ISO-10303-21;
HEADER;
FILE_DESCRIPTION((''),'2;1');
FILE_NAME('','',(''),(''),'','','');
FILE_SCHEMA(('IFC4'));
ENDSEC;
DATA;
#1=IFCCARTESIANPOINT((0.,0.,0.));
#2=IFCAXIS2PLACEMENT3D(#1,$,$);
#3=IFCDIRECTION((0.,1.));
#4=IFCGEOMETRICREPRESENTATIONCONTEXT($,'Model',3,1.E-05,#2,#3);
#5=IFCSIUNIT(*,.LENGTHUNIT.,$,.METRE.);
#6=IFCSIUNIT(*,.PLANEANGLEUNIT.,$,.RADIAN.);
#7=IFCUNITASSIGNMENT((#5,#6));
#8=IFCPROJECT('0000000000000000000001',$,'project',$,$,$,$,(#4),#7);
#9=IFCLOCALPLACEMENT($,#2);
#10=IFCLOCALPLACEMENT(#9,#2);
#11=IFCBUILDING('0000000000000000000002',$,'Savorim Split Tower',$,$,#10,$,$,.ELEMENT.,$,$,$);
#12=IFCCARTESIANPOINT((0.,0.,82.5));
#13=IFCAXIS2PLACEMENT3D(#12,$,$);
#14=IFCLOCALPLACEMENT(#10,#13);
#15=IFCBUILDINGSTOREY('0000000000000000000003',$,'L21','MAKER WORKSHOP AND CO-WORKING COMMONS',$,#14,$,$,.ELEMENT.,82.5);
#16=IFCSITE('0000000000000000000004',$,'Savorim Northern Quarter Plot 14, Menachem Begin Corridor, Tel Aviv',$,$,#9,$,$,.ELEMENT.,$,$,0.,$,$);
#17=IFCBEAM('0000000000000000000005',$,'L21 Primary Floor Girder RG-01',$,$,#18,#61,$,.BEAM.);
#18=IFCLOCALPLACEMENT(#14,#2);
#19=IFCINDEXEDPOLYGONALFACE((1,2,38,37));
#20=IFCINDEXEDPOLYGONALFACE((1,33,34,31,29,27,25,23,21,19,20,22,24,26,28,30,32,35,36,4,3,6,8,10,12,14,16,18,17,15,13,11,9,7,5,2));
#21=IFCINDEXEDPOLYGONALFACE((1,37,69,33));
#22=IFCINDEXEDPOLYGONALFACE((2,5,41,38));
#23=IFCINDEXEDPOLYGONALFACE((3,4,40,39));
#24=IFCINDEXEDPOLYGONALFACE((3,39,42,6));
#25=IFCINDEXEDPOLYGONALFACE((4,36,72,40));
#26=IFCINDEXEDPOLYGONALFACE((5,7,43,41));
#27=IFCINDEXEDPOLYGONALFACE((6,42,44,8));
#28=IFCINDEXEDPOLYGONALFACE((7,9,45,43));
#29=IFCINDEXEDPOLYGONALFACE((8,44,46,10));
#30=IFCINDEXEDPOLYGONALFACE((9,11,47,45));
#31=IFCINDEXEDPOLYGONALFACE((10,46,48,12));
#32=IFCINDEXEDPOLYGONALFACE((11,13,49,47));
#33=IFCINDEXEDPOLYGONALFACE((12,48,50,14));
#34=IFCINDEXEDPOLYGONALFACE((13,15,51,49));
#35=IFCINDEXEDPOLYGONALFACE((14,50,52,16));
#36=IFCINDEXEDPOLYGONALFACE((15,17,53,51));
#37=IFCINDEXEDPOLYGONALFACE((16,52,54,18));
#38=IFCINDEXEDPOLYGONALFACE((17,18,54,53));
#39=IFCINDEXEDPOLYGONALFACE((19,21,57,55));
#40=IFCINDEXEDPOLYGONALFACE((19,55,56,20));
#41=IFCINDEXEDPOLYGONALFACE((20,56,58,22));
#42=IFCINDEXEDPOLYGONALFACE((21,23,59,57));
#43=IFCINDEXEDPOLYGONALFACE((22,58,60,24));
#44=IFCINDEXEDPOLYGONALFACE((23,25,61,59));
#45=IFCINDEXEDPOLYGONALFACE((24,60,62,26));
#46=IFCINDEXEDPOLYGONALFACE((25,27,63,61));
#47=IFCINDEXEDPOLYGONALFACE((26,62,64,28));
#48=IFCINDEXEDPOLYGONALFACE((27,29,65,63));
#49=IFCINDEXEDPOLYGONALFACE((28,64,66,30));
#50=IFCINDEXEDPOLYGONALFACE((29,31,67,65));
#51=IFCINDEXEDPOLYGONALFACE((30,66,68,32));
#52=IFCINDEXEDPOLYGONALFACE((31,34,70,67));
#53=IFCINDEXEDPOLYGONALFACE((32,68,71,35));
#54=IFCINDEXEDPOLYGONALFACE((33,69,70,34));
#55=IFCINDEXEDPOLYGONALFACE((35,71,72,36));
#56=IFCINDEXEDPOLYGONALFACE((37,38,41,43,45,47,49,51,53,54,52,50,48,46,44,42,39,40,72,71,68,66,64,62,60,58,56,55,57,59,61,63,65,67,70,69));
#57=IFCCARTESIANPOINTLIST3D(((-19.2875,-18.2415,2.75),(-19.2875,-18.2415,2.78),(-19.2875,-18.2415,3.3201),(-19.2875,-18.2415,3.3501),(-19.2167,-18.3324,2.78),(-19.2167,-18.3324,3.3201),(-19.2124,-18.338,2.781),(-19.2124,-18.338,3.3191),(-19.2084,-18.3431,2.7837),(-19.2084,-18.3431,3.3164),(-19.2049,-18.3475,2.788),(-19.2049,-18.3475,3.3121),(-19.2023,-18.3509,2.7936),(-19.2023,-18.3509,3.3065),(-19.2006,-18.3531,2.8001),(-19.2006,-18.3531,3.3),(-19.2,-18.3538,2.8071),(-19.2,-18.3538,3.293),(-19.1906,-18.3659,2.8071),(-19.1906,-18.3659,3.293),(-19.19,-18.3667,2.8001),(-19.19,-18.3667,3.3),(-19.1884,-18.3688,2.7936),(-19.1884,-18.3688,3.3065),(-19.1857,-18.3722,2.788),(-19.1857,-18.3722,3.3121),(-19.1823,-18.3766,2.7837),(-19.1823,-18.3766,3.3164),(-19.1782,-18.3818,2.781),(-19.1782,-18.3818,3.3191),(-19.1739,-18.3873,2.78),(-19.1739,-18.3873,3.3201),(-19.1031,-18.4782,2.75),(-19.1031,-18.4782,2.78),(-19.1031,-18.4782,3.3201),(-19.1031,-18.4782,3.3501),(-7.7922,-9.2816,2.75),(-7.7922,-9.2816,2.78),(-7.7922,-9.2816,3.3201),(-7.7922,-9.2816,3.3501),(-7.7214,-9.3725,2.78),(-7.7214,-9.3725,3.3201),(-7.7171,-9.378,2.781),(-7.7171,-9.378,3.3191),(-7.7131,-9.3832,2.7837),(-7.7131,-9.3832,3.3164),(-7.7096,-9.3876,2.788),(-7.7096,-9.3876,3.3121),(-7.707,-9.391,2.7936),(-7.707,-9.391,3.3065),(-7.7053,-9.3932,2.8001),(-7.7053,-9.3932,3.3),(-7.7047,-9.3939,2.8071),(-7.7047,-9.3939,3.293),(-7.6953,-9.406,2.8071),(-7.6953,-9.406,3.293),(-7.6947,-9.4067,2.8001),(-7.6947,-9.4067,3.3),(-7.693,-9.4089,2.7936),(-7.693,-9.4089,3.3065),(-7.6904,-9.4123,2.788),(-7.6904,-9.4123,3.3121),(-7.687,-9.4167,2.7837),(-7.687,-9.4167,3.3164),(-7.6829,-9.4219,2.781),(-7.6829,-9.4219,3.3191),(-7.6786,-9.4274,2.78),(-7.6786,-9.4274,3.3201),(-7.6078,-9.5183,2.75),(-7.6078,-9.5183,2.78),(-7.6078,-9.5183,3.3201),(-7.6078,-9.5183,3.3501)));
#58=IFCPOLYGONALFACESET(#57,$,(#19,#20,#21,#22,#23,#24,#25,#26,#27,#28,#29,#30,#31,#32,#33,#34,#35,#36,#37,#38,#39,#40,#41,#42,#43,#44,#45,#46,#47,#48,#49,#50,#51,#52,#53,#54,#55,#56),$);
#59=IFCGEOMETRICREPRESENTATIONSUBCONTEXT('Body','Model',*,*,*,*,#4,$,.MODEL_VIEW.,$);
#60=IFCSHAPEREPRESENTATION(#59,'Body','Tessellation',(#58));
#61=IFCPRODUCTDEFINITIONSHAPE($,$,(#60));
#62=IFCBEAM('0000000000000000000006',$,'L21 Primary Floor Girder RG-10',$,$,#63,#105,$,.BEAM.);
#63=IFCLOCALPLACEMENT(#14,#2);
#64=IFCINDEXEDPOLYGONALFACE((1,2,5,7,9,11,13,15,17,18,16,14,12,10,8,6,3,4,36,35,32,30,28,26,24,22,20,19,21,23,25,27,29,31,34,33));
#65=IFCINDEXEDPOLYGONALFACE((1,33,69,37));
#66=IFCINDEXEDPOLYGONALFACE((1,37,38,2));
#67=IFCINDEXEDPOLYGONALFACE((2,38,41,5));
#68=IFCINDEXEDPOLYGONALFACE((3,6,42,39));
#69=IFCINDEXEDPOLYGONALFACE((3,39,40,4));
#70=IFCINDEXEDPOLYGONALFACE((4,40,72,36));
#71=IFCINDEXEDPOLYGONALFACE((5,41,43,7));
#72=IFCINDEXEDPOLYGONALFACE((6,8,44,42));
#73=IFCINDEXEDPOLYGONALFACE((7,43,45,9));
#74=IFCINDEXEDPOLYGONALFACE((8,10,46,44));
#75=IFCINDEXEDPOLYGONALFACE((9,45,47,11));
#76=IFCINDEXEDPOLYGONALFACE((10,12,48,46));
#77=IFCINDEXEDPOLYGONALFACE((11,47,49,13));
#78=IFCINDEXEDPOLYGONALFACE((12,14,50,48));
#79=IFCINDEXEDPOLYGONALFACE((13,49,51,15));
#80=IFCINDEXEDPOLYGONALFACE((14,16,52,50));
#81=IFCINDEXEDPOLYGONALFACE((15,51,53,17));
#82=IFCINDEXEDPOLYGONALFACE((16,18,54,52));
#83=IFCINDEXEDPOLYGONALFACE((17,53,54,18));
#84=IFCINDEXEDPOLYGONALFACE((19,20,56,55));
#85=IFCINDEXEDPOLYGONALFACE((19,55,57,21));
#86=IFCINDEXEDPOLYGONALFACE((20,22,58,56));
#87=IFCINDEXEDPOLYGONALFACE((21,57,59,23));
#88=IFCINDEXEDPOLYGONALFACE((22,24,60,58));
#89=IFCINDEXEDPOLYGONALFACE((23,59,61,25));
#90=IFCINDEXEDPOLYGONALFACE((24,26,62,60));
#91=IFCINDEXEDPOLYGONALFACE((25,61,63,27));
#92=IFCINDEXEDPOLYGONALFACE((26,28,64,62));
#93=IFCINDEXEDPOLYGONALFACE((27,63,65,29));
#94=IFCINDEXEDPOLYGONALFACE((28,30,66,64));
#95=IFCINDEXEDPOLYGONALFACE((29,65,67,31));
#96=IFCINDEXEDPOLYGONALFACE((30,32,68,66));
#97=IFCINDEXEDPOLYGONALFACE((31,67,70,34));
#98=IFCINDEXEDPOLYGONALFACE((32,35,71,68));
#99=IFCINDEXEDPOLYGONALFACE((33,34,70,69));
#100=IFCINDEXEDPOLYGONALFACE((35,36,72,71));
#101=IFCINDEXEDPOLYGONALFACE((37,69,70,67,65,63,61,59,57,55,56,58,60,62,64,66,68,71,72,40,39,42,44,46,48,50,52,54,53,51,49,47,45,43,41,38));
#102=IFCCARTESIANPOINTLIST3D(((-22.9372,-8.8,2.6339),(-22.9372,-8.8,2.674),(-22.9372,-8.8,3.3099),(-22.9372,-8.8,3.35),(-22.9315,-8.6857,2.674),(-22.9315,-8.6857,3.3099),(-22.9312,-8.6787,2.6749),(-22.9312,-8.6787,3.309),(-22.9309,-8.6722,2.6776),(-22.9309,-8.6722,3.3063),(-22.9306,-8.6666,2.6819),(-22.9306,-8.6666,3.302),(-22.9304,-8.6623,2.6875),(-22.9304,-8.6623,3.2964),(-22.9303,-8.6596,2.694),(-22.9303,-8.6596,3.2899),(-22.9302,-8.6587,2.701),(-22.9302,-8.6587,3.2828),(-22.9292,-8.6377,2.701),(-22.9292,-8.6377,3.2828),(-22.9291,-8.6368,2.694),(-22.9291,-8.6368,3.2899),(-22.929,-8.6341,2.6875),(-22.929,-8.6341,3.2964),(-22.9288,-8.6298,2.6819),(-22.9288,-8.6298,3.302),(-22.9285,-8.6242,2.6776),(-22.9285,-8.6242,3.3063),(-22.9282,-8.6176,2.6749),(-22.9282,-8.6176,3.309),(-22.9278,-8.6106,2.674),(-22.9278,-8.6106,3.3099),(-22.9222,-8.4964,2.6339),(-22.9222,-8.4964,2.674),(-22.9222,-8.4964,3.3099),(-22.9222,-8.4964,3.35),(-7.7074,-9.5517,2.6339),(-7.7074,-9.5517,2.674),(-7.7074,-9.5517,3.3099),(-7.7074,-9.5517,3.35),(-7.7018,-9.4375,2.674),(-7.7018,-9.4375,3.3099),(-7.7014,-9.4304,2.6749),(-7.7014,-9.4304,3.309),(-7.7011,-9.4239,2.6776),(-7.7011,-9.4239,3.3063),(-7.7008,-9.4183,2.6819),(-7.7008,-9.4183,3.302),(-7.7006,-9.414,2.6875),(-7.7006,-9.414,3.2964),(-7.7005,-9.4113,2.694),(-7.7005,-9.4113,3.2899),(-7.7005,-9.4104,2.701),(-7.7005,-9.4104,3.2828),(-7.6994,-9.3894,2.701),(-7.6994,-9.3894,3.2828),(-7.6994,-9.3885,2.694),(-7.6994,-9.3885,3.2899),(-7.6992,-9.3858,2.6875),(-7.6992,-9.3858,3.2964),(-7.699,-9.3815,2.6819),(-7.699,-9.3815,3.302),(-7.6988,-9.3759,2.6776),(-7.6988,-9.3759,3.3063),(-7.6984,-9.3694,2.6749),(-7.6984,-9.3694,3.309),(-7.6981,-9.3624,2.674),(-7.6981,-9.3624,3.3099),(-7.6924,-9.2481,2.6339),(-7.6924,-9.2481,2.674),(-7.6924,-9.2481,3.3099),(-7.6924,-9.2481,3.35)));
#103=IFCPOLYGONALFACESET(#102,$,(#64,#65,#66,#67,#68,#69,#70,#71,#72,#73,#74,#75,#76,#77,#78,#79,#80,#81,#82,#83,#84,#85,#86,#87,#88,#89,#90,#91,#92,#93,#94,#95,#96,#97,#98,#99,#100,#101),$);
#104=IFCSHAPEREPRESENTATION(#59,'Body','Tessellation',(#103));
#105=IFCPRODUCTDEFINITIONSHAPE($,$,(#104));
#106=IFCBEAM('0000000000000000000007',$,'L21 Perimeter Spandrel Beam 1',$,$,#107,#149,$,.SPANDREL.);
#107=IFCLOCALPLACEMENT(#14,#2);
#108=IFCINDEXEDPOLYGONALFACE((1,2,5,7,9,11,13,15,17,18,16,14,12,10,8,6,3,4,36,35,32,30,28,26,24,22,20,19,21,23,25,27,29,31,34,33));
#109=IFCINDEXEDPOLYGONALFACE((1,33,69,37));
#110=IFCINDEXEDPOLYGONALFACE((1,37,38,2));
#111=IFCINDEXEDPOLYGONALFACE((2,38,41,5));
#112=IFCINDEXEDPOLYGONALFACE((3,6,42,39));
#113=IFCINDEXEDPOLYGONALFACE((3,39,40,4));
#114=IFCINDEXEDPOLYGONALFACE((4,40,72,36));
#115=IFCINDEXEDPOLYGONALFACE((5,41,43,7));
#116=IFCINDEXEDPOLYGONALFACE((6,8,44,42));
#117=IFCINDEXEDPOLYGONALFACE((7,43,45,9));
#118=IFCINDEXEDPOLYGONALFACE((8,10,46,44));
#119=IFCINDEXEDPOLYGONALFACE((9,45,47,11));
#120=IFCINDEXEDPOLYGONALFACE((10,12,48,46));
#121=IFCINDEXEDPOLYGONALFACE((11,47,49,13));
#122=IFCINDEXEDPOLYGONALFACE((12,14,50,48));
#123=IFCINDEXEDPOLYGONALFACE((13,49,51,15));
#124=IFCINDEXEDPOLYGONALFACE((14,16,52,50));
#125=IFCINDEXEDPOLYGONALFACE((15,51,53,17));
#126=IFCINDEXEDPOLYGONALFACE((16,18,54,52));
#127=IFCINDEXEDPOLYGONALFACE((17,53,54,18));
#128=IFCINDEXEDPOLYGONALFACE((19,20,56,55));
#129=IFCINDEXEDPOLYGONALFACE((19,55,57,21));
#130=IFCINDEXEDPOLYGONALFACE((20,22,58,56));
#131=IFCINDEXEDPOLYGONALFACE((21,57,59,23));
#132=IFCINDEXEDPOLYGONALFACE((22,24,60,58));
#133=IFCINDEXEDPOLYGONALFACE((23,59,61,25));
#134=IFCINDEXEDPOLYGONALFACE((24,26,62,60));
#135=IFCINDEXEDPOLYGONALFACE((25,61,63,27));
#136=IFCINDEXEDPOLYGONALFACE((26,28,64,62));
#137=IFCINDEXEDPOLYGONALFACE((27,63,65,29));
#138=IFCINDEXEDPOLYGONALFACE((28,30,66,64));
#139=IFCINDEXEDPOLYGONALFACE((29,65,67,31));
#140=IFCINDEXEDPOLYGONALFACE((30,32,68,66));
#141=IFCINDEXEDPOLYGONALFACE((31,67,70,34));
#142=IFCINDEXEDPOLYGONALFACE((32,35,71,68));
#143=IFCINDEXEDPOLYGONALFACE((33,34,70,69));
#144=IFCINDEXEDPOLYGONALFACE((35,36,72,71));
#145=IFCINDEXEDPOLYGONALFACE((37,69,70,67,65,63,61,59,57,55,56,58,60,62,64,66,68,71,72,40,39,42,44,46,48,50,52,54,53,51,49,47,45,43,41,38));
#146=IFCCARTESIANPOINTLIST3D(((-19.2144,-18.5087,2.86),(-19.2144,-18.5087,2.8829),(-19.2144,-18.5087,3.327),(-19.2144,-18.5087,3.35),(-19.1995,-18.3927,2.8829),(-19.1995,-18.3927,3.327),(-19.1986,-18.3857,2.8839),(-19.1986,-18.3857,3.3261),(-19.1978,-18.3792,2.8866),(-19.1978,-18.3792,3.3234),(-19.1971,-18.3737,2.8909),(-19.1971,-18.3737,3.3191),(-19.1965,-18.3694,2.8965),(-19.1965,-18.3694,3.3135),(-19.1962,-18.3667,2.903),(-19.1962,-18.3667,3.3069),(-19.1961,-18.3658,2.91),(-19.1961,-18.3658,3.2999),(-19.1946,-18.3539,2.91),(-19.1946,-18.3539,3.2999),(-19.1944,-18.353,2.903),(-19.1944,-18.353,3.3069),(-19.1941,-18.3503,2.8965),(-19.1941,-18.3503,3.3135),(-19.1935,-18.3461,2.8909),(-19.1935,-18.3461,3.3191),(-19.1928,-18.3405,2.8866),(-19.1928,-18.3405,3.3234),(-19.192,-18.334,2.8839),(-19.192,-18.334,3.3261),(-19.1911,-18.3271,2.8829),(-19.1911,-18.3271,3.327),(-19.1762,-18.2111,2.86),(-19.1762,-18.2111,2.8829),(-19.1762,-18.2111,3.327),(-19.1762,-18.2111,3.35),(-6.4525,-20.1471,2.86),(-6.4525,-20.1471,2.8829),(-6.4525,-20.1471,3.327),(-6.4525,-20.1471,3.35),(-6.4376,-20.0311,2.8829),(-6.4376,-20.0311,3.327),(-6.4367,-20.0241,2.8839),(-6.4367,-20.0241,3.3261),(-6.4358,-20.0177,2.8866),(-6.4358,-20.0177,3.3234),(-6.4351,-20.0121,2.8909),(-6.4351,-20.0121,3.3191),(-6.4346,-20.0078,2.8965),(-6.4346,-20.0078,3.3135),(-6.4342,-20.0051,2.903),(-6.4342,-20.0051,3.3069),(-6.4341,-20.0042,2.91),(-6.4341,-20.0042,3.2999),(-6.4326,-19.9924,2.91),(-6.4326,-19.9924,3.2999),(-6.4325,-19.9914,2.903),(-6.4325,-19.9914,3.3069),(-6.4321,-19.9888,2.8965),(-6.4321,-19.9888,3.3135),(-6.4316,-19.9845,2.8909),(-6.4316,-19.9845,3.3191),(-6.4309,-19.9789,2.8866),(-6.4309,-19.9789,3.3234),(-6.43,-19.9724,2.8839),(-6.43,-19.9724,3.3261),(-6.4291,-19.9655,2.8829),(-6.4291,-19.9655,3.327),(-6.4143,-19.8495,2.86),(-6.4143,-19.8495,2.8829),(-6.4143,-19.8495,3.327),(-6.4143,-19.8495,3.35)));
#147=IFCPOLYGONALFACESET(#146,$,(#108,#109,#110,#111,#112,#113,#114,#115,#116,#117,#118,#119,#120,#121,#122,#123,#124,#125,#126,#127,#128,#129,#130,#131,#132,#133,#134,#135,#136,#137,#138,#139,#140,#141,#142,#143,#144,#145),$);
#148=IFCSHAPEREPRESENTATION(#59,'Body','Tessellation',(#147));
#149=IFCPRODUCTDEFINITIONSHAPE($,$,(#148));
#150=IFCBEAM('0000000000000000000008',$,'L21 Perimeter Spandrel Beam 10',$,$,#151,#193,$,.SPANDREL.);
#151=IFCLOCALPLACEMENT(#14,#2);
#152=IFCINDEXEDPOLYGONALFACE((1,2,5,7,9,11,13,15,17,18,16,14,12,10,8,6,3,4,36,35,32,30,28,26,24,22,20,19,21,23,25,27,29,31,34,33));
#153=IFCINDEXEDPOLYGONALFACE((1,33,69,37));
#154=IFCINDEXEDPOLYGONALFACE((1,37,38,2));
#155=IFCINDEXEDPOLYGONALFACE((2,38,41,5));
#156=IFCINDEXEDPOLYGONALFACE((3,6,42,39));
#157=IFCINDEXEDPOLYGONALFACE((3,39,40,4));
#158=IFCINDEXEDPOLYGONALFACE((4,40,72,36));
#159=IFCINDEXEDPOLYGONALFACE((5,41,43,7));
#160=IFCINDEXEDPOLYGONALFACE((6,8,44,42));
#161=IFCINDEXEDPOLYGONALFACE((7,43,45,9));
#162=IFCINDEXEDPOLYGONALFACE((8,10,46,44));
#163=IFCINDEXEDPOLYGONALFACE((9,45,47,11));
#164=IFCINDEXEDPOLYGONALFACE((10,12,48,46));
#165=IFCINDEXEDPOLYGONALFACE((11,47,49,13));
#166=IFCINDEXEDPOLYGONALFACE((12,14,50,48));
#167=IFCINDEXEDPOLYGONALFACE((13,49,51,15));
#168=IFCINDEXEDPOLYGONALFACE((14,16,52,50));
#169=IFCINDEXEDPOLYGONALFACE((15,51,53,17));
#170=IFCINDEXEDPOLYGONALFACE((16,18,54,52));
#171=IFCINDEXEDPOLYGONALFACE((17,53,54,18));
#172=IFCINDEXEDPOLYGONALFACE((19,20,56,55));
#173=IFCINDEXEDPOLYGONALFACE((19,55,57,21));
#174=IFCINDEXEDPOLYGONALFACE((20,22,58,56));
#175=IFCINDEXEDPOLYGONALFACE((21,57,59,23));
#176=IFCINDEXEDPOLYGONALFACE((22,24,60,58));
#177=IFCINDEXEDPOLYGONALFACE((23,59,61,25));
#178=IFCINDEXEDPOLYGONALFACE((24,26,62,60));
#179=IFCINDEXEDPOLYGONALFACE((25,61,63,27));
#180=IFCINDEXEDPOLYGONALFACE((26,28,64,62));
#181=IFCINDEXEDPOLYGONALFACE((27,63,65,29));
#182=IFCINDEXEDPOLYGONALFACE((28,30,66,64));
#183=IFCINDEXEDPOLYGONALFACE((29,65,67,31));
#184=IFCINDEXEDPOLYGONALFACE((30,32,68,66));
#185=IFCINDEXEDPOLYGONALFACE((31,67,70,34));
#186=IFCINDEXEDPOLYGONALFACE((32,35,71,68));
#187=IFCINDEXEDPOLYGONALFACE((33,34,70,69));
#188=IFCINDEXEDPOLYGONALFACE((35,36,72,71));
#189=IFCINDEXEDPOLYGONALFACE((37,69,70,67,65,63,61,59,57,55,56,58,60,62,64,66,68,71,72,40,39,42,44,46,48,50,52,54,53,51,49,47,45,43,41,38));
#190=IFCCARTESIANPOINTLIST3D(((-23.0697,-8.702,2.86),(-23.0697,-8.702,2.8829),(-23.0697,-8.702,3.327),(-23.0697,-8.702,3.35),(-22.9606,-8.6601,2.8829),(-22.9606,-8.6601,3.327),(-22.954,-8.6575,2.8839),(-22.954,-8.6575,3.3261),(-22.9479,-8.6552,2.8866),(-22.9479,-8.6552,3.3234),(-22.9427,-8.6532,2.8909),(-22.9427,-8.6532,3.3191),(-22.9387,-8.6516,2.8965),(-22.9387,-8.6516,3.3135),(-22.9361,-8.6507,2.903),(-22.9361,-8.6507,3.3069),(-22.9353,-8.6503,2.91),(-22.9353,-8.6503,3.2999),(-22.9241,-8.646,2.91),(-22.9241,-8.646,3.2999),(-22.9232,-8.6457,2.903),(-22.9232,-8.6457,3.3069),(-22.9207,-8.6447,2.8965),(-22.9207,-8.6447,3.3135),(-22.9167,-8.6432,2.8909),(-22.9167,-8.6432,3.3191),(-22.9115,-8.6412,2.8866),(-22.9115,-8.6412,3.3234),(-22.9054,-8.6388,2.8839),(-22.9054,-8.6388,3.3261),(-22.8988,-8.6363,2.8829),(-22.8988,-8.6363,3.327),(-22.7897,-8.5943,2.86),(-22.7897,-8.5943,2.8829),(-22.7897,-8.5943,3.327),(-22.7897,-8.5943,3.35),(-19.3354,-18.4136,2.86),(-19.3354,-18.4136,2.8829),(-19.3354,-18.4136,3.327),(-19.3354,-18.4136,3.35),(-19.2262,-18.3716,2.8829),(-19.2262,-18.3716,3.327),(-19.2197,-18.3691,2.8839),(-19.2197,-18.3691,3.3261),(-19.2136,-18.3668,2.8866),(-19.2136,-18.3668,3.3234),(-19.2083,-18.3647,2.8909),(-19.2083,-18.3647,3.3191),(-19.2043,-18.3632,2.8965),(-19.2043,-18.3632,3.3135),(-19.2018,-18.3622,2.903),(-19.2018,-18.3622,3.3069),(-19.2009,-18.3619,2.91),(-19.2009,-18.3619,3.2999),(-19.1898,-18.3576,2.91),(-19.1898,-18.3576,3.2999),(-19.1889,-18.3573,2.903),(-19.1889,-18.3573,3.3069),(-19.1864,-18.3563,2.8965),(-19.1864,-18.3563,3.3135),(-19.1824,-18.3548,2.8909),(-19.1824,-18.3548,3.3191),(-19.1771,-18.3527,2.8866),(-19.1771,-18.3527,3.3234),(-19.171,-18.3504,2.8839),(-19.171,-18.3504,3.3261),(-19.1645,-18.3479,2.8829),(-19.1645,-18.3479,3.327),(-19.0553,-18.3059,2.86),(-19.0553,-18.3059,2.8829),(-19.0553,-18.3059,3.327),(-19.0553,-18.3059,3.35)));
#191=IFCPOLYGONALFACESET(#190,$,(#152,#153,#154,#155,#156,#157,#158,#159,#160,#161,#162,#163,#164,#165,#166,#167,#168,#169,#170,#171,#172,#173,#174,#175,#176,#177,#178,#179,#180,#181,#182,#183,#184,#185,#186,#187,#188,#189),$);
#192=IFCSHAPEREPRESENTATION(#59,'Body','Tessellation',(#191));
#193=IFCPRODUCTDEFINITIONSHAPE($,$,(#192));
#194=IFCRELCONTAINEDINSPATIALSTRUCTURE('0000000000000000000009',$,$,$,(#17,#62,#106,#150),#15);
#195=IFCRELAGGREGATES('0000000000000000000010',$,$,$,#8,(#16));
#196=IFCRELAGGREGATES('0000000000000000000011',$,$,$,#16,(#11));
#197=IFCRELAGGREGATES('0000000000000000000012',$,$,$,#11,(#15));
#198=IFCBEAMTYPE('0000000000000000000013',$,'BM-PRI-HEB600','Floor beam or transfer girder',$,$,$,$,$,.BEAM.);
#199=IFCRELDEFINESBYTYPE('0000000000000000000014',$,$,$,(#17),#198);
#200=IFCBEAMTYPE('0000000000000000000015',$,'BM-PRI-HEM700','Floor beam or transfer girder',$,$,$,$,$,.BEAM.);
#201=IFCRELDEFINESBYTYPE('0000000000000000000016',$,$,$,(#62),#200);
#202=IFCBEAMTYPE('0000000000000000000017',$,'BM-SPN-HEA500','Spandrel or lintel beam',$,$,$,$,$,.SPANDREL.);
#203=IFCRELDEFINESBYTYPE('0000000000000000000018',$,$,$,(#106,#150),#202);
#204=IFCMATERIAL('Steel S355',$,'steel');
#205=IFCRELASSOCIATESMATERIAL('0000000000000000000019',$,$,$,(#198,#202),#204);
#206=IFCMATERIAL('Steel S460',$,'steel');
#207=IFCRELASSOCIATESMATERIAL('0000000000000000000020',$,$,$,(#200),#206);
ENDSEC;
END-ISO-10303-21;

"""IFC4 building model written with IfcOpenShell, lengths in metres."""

from ifc_helpers import new_model, si_unit, direction, frame, origin, origin_2d, place, context, subcontext, project, spatial, i_section, extrude, material, material_profile, profile_set, type_object, element, save


model = new_model("IFC4")

# Units and contexts
model_context = context("Model", 3, precision=1e-05, world=origin(), true_north=direction((0.0, 1.0)))
body_context = subcontext(model_context, "Body", "Model", "MODEL_VIEW")
ifc_project = project(units=[si_unit("LENGTHUNIT", "METRE"), si_unit("PLANEANGLEUNIT", "RADIAN")], contexts=[model_context])

# Site, building, storey
site_placement = place(None, origin())
site = spatial("IfcSite", under=ifc_project, at=site_placement, Name="Savorim Northern Quarter Plot 14, Menachem Begin Corridor, Tel Aviv", CompositionType="ELEMENT", RefElevation=0.0)
building_placement = place(site_placement, origin())
building = spatial("IfcBuilding", under=site, at=building_placement, Name="Savorim Split Tower", CompositionType="ELEMENT")
storey_placement = place(building_placement, frame((0.0, 0.0, 82.5)))
storey = spatial("IfcBuildingStorey", under=building, at=storey_placement, Name="L21", Description="MAKER WORKSHOP AND CO-WORKING COMMONS", CompositionType="ELEMENT", Elevation=82.5)

# Shared definitions
ifc_material_1 = material(Name="Steel S460", Category="steel")

# Beams
ifc_material_2 = material(Name="Steel S355", Category="steel")
ifc_material_profile_1 = material_profile(ifc_material_2, i_section(OverallWidth=0.3, OverallDepth=0.6001, WebThickness=0.0154, FlangeThickness=0.03, FilletRadius=0.0271, at=origin_2d()), Name="HEB 600")
ifc_profile_set_1 = profile_set([ifc_material_profile_1], Name="Steel S355")
beam_type_1 = type_object("IfcBeamType", Name="BM-PRI-HEB600", Description="Floor beam or transfer girder", PredefinedType="BEAM", material=ifc_profile_set_1)
beam_1_placement = place(storey_placement, frame((-19.1953, -18.3599, 3.05), z_axis=(0.788716, 0.614758, 0.0), x_axis=(-0.614758, 0.788716, 0.0)))
element("IfcBeam", 1, at=beam_1_placement, inside=storey, type_object=beam_type_1, Name="L21 Primary Floor Girder RG-01", PredefinedType="BEAM", context=body_context, shape_type="SweptSolid", body=[
    extrude(i_section(OverallWidth=0.3, OverallDepth=0.6001, WebThickness=0.0154, FlangeThickness=0.03, FilletRadius=0.0271, at=origin_2d()), origin(), (0.0, 0.0, 1.0), 14.5747),
])
ifc_material_profile_2 = material_profile(ifc_material_1, i_section(OverallWidth=0.304, OverallDepth=0.7161, WebThickness=0.021, FlangeThickness=0.04, FilletRadius=0.0271, at=origin_2d()), Name="HE 700 M")
ifc_profile_set_2 = profile_set([ifc_material_profile_2], Name="Steel S460")
beam_type_2 = type_object("IfcBeamType", Name="BM-PRI-HEM700", Description="Floor beam or transfer girder", PredefinedType="BEAM", material=ifc_profile_set_2)
beam_2_placement = place(storey_placement, frame((-22.9297, -8.6482, 2.9919), z_axis=(0.998784, -0.049298, 0.0), x_axis=(0.049298, 0.998784, 0.0)))
element("IfcBeam", 2, at=beam_2_placement, inside=storey, type_object=beam_type_2, Name="L21 Primary Floor Girder RG-10", PredefinedType="BEAM", context=body_context, shape_type="SweptSolid", body=[
    extrude(i_section(OverallWidth=0.304, OverallDepth=0.7161, WebThickness=0.021, FlangeThickness=0.04, FilletRadius=0.0271, at=origin_2d()), origin(), (0.0, 0.0, 1.0), 15.2483),
])
ifc_material_profile_3 = material_profile(ifc_material_2, i_section(OverallWidth=0.3, OverallDepth=0.49, WebThickness=0.012, FlangeThickness=0.0229, FilletRadius=0.0271, at=origin_2d()), Name="HEA 500")
ifc_profile_set_3 = profile_set([ifc_material_profile_3], Name="Steel S355")
beam_type_3 = type_object("IfcBeamType", Name="BM-SPN-HEA500", Description="Spandrel or lintel beam", PredefinedType="SPANDREL", material=ifc_profile_set_3)
beam_3_placement = place(storey_placement, frame((-19.1953, -18.3599, 3.105), z_axis=(0.991859, -0.127339, 0.0), x_axis=(0.127339, 0.991859, 0.0)))
element("IfcBeam", 3, at=beam_3_placement, inside=storey, type_object=beam_type_3, Name="L21 Perimeter Spandrel Beam 1", PredefinedType="SPANDREL", context=body_context, shape_type="SweptSolid", body=[
    extrude(i_section(OverallWidth=0.3, OverallDepth=0.49, WebThickness=0.012, FlangeThickness=0.0229, FilletRadius=0.0271, at=origin_2d()), origin(), (0.0, 0.0, 1.0), 12.8667),
])
beam_4_placement = place(storey_placement, frame((-22.9297, -8.6482, 3.105), z_axis=(0.358905, -0.933374, 0.0), x_axis=(0.933374, 0.358905, 0.0)))
element("IfcBeam", 4, at=beam_4_placement, inside=storey, type_object=beam_type_3, Name="L21 Perimeter Spandrel Beam 10", PredefinedType="SPANDREL", context=body_context, shape_type="SweptSolid", body=[
    extrude(i_section(OverallWidth=0.3, OverallDepth=0.49, WebThickness=0.012, FlangeThickness=0.0229, FilletRadius=0.0271, at=origin_2d()), origin(), (0.0, 0.0, 1.0), 10.4048),
])

save(model, "model.ifc")
